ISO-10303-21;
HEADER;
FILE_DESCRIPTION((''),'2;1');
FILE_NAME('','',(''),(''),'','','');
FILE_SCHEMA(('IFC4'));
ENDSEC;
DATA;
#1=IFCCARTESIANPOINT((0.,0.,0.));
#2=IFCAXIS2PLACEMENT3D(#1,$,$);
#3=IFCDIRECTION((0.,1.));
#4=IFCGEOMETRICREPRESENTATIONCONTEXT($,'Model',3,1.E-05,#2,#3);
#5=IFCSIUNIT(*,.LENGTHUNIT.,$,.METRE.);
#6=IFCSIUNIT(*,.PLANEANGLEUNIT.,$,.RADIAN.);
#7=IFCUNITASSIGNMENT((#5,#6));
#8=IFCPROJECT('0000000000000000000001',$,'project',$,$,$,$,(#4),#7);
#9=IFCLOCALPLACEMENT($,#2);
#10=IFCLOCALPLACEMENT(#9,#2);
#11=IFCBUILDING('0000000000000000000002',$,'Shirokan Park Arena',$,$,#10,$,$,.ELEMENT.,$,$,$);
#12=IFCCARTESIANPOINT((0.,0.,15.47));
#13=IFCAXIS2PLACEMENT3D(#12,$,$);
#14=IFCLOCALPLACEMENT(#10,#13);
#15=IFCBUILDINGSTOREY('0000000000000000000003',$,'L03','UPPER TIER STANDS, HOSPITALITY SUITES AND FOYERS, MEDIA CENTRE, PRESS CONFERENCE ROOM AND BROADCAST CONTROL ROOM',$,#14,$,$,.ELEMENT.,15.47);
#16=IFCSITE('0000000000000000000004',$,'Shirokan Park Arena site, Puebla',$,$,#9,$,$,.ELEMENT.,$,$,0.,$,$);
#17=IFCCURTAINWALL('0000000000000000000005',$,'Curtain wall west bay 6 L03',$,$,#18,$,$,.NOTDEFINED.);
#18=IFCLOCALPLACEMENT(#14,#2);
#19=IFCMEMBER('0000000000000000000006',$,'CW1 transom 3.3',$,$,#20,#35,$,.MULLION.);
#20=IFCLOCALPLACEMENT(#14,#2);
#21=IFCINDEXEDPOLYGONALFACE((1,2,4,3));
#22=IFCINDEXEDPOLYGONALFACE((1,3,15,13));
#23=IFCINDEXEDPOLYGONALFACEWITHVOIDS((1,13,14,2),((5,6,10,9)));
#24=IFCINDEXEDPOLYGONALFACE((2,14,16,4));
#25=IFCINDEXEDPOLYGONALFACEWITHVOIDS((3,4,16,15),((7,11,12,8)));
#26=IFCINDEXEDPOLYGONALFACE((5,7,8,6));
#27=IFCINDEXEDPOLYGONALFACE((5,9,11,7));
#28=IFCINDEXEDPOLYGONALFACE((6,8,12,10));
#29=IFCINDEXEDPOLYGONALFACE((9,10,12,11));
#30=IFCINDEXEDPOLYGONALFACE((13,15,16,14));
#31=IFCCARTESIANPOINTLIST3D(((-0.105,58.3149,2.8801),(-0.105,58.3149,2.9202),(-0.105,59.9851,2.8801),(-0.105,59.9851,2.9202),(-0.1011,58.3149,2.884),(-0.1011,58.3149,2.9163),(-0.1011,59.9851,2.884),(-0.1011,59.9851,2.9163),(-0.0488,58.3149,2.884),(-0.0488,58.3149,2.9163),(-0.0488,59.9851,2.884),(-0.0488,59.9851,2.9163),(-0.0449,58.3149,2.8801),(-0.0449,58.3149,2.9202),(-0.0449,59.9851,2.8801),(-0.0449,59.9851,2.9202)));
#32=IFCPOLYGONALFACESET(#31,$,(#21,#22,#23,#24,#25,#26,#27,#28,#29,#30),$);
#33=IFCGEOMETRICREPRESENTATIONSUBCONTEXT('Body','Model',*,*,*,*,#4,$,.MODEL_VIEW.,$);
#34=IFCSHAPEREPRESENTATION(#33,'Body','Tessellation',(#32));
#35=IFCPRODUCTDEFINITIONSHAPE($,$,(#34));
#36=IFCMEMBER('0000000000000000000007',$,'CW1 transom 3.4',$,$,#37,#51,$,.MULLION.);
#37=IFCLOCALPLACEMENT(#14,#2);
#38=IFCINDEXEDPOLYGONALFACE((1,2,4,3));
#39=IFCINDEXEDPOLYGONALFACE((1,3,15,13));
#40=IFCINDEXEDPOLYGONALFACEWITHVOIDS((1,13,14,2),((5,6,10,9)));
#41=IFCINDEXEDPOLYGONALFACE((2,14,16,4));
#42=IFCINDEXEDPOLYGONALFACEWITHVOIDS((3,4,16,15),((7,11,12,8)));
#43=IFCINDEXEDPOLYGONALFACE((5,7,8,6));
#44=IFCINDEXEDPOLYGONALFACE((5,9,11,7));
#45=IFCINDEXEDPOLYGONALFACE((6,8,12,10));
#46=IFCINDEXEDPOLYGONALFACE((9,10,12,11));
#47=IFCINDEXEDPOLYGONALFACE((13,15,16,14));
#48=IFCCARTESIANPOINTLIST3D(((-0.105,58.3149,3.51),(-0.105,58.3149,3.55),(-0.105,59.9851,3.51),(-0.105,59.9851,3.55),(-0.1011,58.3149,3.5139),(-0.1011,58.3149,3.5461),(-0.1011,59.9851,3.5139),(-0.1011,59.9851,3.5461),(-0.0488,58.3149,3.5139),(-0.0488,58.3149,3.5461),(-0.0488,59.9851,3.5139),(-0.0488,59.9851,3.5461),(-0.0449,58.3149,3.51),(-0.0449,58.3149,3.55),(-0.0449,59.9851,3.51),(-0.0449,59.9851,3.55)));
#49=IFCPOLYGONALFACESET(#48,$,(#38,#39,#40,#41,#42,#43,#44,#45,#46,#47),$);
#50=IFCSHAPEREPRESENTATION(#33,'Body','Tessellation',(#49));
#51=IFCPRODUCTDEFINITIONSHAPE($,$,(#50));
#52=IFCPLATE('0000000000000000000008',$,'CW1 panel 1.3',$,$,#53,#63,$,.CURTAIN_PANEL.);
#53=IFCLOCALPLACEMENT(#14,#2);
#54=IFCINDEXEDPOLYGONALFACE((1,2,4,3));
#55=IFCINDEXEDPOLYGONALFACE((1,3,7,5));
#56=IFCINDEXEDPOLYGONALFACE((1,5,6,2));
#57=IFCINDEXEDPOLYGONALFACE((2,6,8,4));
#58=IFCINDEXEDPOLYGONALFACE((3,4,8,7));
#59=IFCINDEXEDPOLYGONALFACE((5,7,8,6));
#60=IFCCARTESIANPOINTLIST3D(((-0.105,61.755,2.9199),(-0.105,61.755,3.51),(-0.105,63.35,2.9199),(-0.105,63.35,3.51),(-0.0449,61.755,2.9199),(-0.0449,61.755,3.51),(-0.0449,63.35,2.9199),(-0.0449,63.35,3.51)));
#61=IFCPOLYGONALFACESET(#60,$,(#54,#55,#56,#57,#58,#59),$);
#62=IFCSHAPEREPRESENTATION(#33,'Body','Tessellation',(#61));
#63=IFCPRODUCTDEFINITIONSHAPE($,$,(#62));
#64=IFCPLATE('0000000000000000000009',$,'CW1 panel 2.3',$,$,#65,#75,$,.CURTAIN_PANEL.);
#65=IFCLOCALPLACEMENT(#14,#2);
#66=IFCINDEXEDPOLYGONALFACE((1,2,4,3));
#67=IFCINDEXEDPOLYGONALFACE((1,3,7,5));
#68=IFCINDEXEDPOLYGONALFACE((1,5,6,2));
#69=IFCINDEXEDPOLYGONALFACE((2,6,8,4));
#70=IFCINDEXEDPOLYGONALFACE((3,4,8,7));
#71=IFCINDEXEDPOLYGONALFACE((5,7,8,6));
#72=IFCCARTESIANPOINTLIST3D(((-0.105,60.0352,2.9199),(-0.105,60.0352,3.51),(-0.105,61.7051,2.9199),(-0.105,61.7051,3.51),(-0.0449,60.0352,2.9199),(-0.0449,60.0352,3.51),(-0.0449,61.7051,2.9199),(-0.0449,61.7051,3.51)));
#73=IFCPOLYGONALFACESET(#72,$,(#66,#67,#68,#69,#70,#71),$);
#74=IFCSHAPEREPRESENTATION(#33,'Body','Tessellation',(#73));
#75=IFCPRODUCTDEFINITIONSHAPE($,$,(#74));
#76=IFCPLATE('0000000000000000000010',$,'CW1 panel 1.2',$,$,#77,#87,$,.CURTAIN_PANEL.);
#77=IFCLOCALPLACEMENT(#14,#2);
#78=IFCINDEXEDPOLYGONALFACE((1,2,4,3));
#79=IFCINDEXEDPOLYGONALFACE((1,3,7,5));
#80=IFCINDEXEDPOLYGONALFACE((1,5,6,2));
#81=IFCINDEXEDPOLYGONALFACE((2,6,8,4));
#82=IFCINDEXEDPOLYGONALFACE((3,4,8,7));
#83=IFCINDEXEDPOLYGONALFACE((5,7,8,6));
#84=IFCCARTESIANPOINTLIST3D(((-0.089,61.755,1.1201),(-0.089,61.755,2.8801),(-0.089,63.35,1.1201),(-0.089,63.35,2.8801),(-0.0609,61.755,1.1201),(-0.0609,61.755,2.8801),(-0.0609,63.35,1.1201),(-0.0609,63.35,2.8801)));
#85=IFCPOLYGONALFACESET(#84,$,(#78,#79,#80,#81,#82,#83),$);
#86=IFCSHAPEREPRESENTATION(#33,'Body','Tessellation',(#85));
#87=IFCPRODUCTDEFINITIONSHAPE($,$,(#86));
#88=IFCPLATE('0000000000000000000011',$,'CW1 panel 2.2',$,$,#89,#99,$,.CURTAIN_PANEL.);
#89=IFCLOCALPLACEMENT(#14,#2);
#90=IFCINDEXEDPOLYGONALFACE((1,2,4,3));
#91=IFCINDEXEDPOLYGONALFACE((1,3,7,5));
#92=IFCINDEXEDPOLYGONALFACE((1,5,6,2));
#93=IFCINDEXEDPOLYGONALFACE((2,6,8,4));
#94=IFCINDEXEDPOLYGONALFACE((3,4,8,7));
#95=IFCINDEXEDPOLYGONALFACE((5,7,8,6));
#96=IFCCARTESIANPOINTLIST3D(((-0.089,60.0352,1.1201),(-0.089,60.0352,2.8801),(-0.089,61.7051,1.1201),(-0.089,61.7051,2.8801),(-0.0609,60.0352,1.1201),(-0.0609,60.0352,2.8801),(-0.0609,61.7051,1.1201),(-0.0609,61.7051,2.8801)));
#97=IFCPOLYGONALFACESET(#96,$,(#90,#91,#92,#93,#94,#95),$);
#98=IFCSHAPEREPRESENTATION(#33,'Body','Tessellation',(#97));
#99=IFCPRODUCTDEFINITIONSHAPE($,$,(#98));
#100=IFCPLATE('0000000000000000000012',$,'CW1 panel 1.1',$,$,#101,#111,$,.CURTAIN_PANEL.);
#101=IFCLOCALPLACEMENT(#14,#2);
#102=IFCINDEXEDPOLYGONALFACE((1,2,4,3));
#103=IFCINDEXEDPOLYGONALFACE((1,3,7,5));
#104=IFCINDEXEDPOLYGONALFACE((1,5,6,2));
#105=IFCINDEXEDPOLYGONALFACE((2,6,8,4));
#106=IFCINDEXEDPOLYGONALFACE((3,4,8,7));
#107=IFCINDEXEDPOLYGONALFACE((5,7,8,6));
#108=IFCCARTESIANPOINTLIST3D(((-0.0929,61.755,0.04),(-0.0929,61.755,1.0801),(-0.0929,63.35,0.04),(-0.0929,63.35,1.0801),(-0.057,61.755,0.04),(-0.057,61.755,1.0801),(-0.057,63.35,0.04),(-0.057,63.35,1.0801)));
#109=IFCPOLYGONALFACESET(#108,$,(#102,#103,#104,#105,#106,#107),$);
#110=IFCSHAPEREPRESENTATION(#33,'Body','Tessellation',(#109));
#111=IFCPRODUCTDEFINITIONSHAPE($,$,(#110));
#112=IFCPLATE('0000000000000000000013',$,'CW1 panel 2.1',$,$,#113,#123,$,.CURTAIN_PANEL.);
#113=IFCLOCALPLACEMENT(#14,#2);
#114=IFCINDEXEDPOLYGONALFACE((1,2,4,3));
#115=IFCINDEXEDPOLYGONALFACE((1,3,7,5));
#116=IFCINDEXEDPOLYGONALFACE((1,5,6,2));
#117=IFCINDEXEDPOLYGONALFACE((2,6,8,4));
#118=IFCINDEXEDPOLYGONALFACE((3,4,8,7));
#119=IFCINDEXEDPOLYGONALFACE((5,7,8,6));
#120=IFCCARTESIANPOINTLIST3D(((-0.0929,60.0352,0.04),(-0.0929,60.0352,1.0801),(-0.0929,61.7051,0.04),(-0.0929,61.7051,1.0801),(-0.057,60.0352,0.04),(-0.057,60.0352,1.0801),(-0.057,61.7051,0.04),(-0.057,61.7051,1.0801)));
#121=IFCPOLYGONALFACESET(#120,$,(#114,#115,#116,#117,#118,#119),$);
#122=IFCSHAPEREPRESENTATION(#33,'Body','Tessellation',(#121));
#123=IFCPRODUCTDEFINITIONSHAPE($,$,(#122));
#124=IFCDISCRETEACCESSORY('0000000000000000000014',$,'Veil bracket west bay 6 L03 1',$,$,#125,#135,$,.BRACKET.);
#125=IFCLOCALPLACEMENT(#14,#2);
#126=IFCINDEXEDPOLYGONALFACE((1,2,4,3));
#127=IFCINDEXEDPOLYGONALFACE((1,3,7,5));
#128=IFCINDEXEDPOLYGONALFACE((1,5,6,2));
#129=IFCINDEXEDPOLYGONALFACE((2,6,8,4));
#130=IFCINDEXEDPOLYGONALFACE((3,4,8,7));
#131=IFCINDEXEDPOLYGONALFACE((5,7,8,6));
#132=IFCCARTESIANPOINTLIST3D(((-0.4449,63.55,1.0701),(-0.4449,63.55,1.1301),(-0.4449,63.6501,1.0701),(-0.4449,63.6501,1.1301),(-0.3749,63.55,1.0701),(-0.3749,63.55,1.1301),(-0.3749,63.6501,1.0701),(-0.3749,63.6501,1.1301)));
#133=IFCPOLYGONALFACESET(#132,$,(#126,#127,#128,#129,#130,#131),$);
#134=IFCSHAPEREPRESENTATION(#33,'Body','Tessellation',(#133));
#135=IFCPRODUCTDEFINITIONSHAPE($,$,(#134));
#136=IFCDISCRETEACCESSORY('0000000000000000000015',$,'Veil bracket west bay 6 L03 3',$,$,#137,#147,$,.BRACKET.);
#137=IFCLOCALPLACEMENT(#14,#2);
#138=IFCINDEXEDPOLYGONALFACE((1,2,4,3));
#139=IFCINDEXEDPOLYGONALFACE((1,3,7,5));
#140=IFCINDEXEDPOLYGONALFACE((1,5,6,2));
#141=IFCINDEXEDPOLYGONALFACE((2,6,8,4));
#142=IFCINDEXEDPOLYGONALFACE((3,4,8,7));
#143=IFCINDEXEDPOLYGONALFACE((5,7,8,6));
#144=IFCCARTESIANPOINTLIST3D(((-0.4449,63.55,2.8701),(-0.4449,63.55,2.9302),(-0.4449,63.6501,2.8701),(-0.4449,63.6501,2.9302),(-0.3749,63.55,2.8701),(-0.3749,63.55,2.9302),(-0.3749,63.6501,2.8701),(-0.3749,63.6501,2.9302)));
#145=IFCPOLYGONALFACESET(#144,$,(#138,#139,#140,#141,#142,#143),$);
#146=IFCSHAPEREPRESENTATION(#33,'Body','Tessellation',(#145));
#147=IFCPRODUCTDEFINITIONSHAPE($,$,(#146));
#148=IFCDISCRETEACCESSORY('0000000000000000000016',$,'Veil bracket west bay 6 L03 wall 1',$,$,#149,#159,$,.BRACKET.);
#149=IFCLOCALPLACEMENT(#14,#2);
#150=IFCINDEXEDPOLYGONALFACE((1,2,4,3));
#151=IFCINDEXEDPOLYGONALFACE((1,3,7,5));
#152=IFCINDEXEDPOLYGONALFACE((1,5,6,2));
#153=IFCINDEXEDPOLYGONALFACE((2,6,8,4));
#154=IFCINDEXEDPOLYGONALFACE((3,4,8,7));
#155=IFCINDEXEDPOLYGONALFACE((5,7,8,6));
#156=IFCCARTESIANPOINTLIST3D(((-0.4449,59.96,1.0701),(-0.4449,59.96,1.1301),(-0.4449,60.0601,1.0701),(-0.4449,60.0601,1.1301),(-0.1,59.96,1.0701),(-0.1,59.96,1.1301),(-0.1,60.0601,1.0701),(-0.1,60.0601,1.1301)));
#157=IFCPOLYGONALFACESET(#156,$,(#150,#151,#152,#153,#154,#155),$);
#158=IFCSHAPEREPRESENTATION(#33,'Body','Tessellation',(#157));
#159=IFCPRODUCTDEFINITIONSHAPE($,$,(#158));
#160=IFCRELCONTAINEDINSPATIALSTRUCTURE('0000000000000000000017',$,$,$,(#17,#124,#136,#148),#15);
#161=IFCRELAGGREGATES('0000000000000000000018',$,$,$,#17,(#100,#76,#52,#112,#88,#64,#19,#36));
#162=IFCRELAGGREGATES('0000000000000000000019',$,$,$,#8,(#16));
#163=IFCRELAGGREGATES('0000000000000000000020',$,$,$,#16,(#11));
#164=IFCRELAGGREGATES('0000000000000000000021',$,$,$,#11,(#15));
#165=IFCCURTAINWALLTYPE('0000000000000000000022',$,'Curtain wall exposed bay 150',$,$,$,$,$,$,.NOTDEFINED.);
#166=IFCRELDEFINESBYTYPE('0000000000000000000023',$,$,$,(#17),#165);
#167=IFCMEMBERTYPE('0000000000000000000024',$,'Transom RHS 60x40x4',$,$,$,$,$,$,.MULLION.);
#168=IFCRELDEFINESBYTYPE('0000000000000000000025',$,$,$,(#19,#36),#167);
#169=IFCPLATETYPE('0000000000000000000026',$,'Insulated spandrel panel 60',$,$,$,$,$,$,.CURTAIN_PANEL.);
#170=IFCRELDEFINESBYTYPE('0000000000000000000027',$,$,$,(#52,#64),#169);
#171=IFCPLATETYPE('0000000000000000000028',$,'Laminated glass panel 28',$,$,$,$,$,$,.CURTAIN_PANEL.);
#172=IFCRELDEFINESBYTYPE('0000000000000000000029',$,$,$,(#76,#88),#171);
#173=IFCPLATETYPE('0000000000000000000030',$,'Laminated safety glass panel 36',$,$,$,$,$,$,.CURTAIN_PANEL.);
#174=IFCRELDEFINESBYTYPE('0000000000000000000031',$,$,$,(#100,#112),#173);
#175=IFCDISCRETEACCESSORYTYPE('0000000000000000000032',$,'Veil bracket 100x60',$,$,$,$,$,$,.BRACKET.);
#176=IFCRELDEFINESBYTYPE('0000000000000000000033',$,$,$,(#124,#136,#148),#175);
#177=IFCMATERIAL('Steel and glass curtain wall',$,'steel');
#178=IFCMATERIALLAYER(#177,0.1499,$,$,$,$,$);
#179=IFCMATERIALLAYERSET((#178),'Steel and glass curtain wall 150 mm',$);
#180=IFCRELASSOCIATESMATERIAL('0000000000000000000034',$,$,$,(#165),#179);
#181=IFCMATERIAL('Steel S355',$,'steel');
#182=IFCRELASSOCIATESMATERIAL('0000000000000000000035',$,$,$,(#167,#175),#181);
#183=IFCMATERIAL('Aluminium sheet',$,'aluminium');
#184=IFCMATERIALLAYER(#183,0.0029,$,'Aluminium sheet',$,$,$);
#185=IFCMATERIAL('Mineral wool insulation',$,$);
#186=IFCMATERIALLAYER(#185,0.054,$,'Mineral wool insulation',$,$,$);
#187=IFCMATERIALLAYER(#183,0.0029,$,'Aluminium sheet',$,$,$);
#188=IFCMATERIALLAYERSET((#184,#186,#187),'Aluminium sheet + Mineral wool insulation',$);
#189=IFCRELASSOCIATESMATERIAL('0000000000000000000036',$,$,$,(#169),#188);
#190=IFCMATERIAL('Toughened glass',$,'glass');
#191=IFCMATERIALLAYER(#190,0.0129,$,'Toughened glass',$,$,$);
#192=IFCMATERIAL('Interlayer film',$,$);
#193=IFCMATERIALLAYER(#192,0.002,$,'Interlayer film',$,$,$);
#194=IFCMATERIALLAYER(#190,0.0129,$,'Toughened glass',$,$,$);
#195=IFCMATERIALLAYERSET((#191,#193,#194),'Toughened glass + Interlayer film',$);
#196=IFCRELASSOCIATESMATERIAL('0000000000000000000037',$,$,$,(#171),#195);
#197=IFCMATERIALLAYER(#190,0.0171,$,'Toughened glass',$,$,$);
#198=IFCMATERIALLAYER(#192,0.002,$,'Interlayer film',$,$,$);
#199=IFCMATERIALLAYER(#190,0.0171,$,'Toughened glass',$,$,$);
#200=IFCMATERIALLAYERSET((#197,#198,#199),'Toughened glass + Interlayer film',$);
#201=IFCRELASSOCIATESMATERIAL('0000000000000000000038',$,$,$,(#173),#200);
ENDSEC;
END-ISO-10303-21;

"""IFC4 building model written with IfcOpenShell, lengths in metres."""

from ifc_helpers import new_model, si_unit, direction, frame, origin, origin_2d, place, context, subcontext, project, spatial, rectangle, hollow_rectangle, extrude, material, layer, layer_set, material_profile, profile_set, type_object, element, aggregate, save


model = new_model("IFC4")

# Units and contexts
model_context = context("Model", 3, precision=1e-05, world=origin(), true_north=direction((0.0, 1.0)))
body_context = subcontext(model_context, "Body", "Model", "MODEL_VIEW")
ifc_project = project(units=[si_unit("LENGTHUNIT", "METRE"), si_unit("PLANEANGLEUNIT", "RADIAN")], contexts=[model_context])

# Site, building, storey
site_placement = place(None, origin())
site = spatial("IfcSite", under=ifc_project, at=site_placement, Name="Shirokan Park Arena site, Puebla", CompositionType="ELEMENT", RefElevation=0.0)
building_placement = place(site_placement, origin())
building = spatial("IfcBuilding", under=site, at=building_placement, Name="Shirokan Park Arena", CompositionType="ELEMENT")
storey_placement = place(building_placement, frame((0.0, 0.0, 15.47)))
storey = spatial("IfcBuildingStorey", under=building, at=storey_placement, Name="L03", Description="UPPER TIER STANDS, HOSPITALITY SUITES AND FOYERS, MEDIA CENTRE, PRESS CONFERENCE ROOM AND BROADCAST CONTROL ROOM", CompositionType="ELEMENT", Elevation=15.47)

# Curtain wall, members, plates
ifc_material_1 = material(Name="Steel and glass curtain wall", Category="steel")
ifc_layer_1 = layer(ifc_material_1, 0.1499)
ifc_layer_set_1 = layer_set([ifc_layer_1], Name="Steel and glass curtain wall 150 mm")
curtain_wall_type = type_object("IfcCurtainWallType", Name="Curtain wall exposed bay 150", PredefinedType="NOTDEFINED", material=ifc_layer_set_1)
curtain_wall_placement = place(storey_placement, origin())
curtain_wall = element("IfcCurtainWall", 1, at=curtain_wall_placement, inside=storey, type_object=curtain_wall_type, Name="Curtain wall west bay 6 L03", PredefinedType="NOTDEFINED")
ifc_material_2 = material(Name="Steel S355", Category="steel")
ifc_material_profile_1 = material_profile(ifc_material_2, hollow_rectangle(XDim=0.0601, YDim=0.04, WallThickness=0.0039, at=origin_2d()), Name="RHS 60x40x4")
ifc_profile_set_1 = profile_set([ifc_material_profile_1], Name="Steel S355")
member_type_1 = type_object("IfcMemberType", Name="Transom RHS 60x40x4", PredefinedType="MULLION", material=ifc_profile_set_1)
member_1_placement = place(storey_placement, frame((-0.075, 59.9851, 2.9001), z_axis=(0.0, -1.0, 0.0), x_axis=(1.0, 0.0, 0.0)))
member_1 = element("IfcMember", 2, at=member_1_placement, type_object=member_type_1, Name="CW1 transom 3.3", PredefinedType="MULLION", context=body_context, shape_type="SweptSolid", body=[
    extrude(hollow_rectangle(XDim=0.0601, YDim=0.04, WallThickness=0.0039, at=origin_2d()), origin(), (0.0, 0.0, 1.0), 1.6702),
])
member_2_placement = place(storey_placement, frame((-0.075, 59.9851, 3.53), z_axis=(0.0, -1.0, 0.0), x_axis=(1.0, 0.0, 0.0)))
member_2 = element("IfcMember", 3, at=member_2_placement, type_object=member_type_1, Name="CW1 transom 3.4", PredefinedType="MULLION", context=body_context, shape_type="SweptSolid", body=[
    extrude(hollow_rectangle(XDim=0.0601, YDim=0.04, WallThickness=0.0039, at=origin_2d()), origin(), (0.0, 0.0, 1.0), 1.6702),
])
ifc_material_3 = material(Name="Aluminium sheet", Category="aluminium")
ifc_layer_2 = layer(ifc_material_3, 0.0029, Name="Aluminium sheet")
ifc_material_4 = material(Name="Mineral wool insulation")
ifc_layer_3 = layer(ifc_material_4, 0.054, Name="Mineral wool insulation")
ifc_layer_4 = layer(ifc_material_3, 0.0029, Name="Aluminium sheet")
ifc_layer_set_2 = layer_set([ifc_layer_2, ifc_layer_3, ifc_layer_4], Name="Aluminium sheet + Mineral wool insulation")
plate_type_1 = type_object("IfcPlateType", Name="Insulated spandrel panel 60", PredefinedType="CURTAIN_PANEL", material=ifc_layer_set_2)
plate_1_placement = place(storey_placement, frame((-0.075, 62.5525, 2.9199), z_axis=(0.0, 0.0, 1.0), x_axis=(0.0, -1.0, 0.0)))
plate_1 = element("IfcPlate", 4, at=plate_1_placement, type_object=plate_type_1, Name="CW1 panel 1.3", PredefinedType="CURTAIN_PANEL", context=body_context, shape_type="SweptSolid", body=[
    extrude(rectangle(XDim=1.595, YDim=0.0601, at=origin_2d()), origin(), (0.0, 0.0, 1.0), 0.5901),
])
plate_2_placement = place(storey_placement, frame((-0.075, 60.8701, 2.9199), z_axis=(0.0, 0.0, 1.0), x_axis=(0.0, -1.0, 0.0)))
plate_2 = element("IfcPlate", 5, at=plate_2_placement, type_object=plate_type_1, Name="CW1 panel 2.3", PredefinedType="CURTAIN_PANEL", context=body_context, shape_type="SweptSolid", body=[
    extrude(rectangle(XDim=1.6699, YDim=0.0601, at=origin_2d()), origin(), (0.0, 0.0, 1.0), 0.5901),
])
ifc_material_5 = material(Name="Toughened glass", Category="glass")
ifc_layer_5 = layer(ifc_material_5, 0.0129, Name="Toughened glass")
ifc_material_6 = material(Name="Interlayer film")
ifc_layer_6 = layer(ifc_material_6, 0.002, Name="Interlayer film")
ifc_layer_7 = layer(ifc_material_5, 0.0129, Name="Toughened glass")
ifc_layer_set_3 = layer_set([ifc_layer_5, ifc_layer_6, ifc_layer_7], Name="Toughened glass + Interlayer film")
plate_type_2 = type_object("IfcPlateType", Name="Laminated glass panel 28", PredefinedType="CURTAIN_PANEL", material=ifc_layer_set_3)
plate_3_placement = place(storey_placement, frame((-0.075, 62.5525, 1.1201), z_axis=(0.0, 0.0, 1.0), x_axis=(0.0, -1.0, 0.0)))
plate_3 = element("IfcPlate", 6, at=plate_3_placement, type_object=plate_type_2, Name="CW1 panel 1.2", PredefinedType="CURTAIN_PANEL", context=body_context, shape_type="SweptSolid", body=[
    extrude(rectangle(XDim=1.595, YDim=0.0281, at=origin_2d()), origin(), (0.0, 0.0, 1.0), 1.76),
])
plate_4_placement = place(storey_placement, frame((-0.075, 60.8701, 1.1201), z_axis=(0.0, 0.0, 1.0), x_axis=(0.0, -1.0, 0.0)))
plate_4 = element("IfcPlate", 7, at=plate_4_placement, type_object=plate_type_2, Name="CW1 panel 2.2", PredefinedType="CURTAIN_PANEL", context=body_context, shape_type="SweptSolid", body=[
    extrude(rectangle(XDim=1.6699, YDim=0.0281, at=origin_2d()), origin(), (0.0, 0.0, 1.0), 1.76),
])
ifc_layer_8 = layer(ifc_material_5, 0.0171, Name="Toughened glass")
ifc_layer_9 = layer(ifc_material_6, 0.002, Name="Interlayer film")
ifc_layer_10 = layer(ifc_material_5, 0.0171, Name="Toughened glass")
ifc_layer_set_4 = layer_set([ifc_layer_8, ifc_layer_9, ifc_layer_10], Name="Toughened glass + Interlayer film")
plate_type_3 = type_object("IfcPlateType", Name="Laminated safety glass panel 36", PredefinedType="CURTAIN_PANEL", material=ifc_layer_set_4)
plate_5_placement = place(storey_placement, frame((-0.075, 62.5525, 0.04), z_axis=(0.0, 0.0, 1.0), x_axis=(0.0, -1.0, 0.0)))
plate_5 = element("IfcPlate", 8, at=plate_5_placement, type_object=plate_type_3, Name="CW1 panel 1.1", PredefinedType="CURTAIN_PANEL", context=body_context, shape_type="SweptSolid", body=[
    extrude(rectangle(XDim=1.595, YDim=0.0359, at=origin_2d()), origin(), (0.0, 0.0, 1.0), 1.04),
])
plate_6_placement = place(storey_placement, frame((-0.075, 60.8701, 0.04), z_axis=(0.0, 0.0, 1.0), x_axis=(0.0, -1.0, 0.0)))
plate_6 = element("IfcPlate", 9, at=plate_6_placement, type_object=plate_type_3, Name="CW1 panel 2.1", PredefinedType="CURTAIN_PANEL", context=body_context, shape_type="SweptSolid", body=[
    extrude(rectangle(XDim=1.6699, YDim=0.0359, at=origin_2d()), origin(), (0.0, 0.0, 1.0), 1.04),
])
aggregate(curtain_wall, [plate_5, plate_3, plate_1, plate_6, plate_4, plate_2, member_1, member_2])

# Discrete accessories
discrete_accessory_type = type_object("IfcDiscreteAccessoryType", Name="Veil bracket 100x60", PredefinedType="BRACKET", material=ifc_material_2)
for number, where, z_axis, x_axis, name in (
    (10, (-0.4099, 63.6001, 1.0701), (0.0, 0.0, 1.0), (0.0, -1.0, 0.0), "Veil bracket west bay 6 L03 1"),
    (11, (-0.4099, 63.6001, 2.8701), (0.0, 0.0, 1.0), (0.0, -1.0, 0.0), "Veil bracket west bay 6 L03 3"),
):
    element("IfcDiscreteAccessory", number, at=place(storey_placement, frame(where, z_axis=z_axis, x_axis=x_axis)), inside=storey, type_object=discrete_accessory_type, Name=name, PredefinedType="BRACKET", context=body_context, shape_type="SweptSolid", body=[
        extrude(rectangle(XDim=0.1001, YDim=0.0701, at=origin_2d()), origin(), (0.0, 0.0, 1.0), 0.0601),
    ])
discrete_accessory_placement = place(storey_placement, frame((-0.2725, 60.01, 1.0701), z_axis=(0.0, 0.0, 1.0), x_axis=(0.0, -1.0, 0.0)))
element("IfcDiscreteAccessory", 12, at=discrete_accessory_placement, inside=storey, type_object=discrete_accessory_type, Name="Veil bracket west bay 6 L03 wall 1", PredefinedType="BRACKET", context=body_context, shape_type="SweptSolid", body=[
    extrude(rectangle(XDim=0.1001, YDim=0.345, at=origin_2d()), origin(), (0.0, 0.0, 1.0), 0.0601),
])

save(model, "model.ifc")
